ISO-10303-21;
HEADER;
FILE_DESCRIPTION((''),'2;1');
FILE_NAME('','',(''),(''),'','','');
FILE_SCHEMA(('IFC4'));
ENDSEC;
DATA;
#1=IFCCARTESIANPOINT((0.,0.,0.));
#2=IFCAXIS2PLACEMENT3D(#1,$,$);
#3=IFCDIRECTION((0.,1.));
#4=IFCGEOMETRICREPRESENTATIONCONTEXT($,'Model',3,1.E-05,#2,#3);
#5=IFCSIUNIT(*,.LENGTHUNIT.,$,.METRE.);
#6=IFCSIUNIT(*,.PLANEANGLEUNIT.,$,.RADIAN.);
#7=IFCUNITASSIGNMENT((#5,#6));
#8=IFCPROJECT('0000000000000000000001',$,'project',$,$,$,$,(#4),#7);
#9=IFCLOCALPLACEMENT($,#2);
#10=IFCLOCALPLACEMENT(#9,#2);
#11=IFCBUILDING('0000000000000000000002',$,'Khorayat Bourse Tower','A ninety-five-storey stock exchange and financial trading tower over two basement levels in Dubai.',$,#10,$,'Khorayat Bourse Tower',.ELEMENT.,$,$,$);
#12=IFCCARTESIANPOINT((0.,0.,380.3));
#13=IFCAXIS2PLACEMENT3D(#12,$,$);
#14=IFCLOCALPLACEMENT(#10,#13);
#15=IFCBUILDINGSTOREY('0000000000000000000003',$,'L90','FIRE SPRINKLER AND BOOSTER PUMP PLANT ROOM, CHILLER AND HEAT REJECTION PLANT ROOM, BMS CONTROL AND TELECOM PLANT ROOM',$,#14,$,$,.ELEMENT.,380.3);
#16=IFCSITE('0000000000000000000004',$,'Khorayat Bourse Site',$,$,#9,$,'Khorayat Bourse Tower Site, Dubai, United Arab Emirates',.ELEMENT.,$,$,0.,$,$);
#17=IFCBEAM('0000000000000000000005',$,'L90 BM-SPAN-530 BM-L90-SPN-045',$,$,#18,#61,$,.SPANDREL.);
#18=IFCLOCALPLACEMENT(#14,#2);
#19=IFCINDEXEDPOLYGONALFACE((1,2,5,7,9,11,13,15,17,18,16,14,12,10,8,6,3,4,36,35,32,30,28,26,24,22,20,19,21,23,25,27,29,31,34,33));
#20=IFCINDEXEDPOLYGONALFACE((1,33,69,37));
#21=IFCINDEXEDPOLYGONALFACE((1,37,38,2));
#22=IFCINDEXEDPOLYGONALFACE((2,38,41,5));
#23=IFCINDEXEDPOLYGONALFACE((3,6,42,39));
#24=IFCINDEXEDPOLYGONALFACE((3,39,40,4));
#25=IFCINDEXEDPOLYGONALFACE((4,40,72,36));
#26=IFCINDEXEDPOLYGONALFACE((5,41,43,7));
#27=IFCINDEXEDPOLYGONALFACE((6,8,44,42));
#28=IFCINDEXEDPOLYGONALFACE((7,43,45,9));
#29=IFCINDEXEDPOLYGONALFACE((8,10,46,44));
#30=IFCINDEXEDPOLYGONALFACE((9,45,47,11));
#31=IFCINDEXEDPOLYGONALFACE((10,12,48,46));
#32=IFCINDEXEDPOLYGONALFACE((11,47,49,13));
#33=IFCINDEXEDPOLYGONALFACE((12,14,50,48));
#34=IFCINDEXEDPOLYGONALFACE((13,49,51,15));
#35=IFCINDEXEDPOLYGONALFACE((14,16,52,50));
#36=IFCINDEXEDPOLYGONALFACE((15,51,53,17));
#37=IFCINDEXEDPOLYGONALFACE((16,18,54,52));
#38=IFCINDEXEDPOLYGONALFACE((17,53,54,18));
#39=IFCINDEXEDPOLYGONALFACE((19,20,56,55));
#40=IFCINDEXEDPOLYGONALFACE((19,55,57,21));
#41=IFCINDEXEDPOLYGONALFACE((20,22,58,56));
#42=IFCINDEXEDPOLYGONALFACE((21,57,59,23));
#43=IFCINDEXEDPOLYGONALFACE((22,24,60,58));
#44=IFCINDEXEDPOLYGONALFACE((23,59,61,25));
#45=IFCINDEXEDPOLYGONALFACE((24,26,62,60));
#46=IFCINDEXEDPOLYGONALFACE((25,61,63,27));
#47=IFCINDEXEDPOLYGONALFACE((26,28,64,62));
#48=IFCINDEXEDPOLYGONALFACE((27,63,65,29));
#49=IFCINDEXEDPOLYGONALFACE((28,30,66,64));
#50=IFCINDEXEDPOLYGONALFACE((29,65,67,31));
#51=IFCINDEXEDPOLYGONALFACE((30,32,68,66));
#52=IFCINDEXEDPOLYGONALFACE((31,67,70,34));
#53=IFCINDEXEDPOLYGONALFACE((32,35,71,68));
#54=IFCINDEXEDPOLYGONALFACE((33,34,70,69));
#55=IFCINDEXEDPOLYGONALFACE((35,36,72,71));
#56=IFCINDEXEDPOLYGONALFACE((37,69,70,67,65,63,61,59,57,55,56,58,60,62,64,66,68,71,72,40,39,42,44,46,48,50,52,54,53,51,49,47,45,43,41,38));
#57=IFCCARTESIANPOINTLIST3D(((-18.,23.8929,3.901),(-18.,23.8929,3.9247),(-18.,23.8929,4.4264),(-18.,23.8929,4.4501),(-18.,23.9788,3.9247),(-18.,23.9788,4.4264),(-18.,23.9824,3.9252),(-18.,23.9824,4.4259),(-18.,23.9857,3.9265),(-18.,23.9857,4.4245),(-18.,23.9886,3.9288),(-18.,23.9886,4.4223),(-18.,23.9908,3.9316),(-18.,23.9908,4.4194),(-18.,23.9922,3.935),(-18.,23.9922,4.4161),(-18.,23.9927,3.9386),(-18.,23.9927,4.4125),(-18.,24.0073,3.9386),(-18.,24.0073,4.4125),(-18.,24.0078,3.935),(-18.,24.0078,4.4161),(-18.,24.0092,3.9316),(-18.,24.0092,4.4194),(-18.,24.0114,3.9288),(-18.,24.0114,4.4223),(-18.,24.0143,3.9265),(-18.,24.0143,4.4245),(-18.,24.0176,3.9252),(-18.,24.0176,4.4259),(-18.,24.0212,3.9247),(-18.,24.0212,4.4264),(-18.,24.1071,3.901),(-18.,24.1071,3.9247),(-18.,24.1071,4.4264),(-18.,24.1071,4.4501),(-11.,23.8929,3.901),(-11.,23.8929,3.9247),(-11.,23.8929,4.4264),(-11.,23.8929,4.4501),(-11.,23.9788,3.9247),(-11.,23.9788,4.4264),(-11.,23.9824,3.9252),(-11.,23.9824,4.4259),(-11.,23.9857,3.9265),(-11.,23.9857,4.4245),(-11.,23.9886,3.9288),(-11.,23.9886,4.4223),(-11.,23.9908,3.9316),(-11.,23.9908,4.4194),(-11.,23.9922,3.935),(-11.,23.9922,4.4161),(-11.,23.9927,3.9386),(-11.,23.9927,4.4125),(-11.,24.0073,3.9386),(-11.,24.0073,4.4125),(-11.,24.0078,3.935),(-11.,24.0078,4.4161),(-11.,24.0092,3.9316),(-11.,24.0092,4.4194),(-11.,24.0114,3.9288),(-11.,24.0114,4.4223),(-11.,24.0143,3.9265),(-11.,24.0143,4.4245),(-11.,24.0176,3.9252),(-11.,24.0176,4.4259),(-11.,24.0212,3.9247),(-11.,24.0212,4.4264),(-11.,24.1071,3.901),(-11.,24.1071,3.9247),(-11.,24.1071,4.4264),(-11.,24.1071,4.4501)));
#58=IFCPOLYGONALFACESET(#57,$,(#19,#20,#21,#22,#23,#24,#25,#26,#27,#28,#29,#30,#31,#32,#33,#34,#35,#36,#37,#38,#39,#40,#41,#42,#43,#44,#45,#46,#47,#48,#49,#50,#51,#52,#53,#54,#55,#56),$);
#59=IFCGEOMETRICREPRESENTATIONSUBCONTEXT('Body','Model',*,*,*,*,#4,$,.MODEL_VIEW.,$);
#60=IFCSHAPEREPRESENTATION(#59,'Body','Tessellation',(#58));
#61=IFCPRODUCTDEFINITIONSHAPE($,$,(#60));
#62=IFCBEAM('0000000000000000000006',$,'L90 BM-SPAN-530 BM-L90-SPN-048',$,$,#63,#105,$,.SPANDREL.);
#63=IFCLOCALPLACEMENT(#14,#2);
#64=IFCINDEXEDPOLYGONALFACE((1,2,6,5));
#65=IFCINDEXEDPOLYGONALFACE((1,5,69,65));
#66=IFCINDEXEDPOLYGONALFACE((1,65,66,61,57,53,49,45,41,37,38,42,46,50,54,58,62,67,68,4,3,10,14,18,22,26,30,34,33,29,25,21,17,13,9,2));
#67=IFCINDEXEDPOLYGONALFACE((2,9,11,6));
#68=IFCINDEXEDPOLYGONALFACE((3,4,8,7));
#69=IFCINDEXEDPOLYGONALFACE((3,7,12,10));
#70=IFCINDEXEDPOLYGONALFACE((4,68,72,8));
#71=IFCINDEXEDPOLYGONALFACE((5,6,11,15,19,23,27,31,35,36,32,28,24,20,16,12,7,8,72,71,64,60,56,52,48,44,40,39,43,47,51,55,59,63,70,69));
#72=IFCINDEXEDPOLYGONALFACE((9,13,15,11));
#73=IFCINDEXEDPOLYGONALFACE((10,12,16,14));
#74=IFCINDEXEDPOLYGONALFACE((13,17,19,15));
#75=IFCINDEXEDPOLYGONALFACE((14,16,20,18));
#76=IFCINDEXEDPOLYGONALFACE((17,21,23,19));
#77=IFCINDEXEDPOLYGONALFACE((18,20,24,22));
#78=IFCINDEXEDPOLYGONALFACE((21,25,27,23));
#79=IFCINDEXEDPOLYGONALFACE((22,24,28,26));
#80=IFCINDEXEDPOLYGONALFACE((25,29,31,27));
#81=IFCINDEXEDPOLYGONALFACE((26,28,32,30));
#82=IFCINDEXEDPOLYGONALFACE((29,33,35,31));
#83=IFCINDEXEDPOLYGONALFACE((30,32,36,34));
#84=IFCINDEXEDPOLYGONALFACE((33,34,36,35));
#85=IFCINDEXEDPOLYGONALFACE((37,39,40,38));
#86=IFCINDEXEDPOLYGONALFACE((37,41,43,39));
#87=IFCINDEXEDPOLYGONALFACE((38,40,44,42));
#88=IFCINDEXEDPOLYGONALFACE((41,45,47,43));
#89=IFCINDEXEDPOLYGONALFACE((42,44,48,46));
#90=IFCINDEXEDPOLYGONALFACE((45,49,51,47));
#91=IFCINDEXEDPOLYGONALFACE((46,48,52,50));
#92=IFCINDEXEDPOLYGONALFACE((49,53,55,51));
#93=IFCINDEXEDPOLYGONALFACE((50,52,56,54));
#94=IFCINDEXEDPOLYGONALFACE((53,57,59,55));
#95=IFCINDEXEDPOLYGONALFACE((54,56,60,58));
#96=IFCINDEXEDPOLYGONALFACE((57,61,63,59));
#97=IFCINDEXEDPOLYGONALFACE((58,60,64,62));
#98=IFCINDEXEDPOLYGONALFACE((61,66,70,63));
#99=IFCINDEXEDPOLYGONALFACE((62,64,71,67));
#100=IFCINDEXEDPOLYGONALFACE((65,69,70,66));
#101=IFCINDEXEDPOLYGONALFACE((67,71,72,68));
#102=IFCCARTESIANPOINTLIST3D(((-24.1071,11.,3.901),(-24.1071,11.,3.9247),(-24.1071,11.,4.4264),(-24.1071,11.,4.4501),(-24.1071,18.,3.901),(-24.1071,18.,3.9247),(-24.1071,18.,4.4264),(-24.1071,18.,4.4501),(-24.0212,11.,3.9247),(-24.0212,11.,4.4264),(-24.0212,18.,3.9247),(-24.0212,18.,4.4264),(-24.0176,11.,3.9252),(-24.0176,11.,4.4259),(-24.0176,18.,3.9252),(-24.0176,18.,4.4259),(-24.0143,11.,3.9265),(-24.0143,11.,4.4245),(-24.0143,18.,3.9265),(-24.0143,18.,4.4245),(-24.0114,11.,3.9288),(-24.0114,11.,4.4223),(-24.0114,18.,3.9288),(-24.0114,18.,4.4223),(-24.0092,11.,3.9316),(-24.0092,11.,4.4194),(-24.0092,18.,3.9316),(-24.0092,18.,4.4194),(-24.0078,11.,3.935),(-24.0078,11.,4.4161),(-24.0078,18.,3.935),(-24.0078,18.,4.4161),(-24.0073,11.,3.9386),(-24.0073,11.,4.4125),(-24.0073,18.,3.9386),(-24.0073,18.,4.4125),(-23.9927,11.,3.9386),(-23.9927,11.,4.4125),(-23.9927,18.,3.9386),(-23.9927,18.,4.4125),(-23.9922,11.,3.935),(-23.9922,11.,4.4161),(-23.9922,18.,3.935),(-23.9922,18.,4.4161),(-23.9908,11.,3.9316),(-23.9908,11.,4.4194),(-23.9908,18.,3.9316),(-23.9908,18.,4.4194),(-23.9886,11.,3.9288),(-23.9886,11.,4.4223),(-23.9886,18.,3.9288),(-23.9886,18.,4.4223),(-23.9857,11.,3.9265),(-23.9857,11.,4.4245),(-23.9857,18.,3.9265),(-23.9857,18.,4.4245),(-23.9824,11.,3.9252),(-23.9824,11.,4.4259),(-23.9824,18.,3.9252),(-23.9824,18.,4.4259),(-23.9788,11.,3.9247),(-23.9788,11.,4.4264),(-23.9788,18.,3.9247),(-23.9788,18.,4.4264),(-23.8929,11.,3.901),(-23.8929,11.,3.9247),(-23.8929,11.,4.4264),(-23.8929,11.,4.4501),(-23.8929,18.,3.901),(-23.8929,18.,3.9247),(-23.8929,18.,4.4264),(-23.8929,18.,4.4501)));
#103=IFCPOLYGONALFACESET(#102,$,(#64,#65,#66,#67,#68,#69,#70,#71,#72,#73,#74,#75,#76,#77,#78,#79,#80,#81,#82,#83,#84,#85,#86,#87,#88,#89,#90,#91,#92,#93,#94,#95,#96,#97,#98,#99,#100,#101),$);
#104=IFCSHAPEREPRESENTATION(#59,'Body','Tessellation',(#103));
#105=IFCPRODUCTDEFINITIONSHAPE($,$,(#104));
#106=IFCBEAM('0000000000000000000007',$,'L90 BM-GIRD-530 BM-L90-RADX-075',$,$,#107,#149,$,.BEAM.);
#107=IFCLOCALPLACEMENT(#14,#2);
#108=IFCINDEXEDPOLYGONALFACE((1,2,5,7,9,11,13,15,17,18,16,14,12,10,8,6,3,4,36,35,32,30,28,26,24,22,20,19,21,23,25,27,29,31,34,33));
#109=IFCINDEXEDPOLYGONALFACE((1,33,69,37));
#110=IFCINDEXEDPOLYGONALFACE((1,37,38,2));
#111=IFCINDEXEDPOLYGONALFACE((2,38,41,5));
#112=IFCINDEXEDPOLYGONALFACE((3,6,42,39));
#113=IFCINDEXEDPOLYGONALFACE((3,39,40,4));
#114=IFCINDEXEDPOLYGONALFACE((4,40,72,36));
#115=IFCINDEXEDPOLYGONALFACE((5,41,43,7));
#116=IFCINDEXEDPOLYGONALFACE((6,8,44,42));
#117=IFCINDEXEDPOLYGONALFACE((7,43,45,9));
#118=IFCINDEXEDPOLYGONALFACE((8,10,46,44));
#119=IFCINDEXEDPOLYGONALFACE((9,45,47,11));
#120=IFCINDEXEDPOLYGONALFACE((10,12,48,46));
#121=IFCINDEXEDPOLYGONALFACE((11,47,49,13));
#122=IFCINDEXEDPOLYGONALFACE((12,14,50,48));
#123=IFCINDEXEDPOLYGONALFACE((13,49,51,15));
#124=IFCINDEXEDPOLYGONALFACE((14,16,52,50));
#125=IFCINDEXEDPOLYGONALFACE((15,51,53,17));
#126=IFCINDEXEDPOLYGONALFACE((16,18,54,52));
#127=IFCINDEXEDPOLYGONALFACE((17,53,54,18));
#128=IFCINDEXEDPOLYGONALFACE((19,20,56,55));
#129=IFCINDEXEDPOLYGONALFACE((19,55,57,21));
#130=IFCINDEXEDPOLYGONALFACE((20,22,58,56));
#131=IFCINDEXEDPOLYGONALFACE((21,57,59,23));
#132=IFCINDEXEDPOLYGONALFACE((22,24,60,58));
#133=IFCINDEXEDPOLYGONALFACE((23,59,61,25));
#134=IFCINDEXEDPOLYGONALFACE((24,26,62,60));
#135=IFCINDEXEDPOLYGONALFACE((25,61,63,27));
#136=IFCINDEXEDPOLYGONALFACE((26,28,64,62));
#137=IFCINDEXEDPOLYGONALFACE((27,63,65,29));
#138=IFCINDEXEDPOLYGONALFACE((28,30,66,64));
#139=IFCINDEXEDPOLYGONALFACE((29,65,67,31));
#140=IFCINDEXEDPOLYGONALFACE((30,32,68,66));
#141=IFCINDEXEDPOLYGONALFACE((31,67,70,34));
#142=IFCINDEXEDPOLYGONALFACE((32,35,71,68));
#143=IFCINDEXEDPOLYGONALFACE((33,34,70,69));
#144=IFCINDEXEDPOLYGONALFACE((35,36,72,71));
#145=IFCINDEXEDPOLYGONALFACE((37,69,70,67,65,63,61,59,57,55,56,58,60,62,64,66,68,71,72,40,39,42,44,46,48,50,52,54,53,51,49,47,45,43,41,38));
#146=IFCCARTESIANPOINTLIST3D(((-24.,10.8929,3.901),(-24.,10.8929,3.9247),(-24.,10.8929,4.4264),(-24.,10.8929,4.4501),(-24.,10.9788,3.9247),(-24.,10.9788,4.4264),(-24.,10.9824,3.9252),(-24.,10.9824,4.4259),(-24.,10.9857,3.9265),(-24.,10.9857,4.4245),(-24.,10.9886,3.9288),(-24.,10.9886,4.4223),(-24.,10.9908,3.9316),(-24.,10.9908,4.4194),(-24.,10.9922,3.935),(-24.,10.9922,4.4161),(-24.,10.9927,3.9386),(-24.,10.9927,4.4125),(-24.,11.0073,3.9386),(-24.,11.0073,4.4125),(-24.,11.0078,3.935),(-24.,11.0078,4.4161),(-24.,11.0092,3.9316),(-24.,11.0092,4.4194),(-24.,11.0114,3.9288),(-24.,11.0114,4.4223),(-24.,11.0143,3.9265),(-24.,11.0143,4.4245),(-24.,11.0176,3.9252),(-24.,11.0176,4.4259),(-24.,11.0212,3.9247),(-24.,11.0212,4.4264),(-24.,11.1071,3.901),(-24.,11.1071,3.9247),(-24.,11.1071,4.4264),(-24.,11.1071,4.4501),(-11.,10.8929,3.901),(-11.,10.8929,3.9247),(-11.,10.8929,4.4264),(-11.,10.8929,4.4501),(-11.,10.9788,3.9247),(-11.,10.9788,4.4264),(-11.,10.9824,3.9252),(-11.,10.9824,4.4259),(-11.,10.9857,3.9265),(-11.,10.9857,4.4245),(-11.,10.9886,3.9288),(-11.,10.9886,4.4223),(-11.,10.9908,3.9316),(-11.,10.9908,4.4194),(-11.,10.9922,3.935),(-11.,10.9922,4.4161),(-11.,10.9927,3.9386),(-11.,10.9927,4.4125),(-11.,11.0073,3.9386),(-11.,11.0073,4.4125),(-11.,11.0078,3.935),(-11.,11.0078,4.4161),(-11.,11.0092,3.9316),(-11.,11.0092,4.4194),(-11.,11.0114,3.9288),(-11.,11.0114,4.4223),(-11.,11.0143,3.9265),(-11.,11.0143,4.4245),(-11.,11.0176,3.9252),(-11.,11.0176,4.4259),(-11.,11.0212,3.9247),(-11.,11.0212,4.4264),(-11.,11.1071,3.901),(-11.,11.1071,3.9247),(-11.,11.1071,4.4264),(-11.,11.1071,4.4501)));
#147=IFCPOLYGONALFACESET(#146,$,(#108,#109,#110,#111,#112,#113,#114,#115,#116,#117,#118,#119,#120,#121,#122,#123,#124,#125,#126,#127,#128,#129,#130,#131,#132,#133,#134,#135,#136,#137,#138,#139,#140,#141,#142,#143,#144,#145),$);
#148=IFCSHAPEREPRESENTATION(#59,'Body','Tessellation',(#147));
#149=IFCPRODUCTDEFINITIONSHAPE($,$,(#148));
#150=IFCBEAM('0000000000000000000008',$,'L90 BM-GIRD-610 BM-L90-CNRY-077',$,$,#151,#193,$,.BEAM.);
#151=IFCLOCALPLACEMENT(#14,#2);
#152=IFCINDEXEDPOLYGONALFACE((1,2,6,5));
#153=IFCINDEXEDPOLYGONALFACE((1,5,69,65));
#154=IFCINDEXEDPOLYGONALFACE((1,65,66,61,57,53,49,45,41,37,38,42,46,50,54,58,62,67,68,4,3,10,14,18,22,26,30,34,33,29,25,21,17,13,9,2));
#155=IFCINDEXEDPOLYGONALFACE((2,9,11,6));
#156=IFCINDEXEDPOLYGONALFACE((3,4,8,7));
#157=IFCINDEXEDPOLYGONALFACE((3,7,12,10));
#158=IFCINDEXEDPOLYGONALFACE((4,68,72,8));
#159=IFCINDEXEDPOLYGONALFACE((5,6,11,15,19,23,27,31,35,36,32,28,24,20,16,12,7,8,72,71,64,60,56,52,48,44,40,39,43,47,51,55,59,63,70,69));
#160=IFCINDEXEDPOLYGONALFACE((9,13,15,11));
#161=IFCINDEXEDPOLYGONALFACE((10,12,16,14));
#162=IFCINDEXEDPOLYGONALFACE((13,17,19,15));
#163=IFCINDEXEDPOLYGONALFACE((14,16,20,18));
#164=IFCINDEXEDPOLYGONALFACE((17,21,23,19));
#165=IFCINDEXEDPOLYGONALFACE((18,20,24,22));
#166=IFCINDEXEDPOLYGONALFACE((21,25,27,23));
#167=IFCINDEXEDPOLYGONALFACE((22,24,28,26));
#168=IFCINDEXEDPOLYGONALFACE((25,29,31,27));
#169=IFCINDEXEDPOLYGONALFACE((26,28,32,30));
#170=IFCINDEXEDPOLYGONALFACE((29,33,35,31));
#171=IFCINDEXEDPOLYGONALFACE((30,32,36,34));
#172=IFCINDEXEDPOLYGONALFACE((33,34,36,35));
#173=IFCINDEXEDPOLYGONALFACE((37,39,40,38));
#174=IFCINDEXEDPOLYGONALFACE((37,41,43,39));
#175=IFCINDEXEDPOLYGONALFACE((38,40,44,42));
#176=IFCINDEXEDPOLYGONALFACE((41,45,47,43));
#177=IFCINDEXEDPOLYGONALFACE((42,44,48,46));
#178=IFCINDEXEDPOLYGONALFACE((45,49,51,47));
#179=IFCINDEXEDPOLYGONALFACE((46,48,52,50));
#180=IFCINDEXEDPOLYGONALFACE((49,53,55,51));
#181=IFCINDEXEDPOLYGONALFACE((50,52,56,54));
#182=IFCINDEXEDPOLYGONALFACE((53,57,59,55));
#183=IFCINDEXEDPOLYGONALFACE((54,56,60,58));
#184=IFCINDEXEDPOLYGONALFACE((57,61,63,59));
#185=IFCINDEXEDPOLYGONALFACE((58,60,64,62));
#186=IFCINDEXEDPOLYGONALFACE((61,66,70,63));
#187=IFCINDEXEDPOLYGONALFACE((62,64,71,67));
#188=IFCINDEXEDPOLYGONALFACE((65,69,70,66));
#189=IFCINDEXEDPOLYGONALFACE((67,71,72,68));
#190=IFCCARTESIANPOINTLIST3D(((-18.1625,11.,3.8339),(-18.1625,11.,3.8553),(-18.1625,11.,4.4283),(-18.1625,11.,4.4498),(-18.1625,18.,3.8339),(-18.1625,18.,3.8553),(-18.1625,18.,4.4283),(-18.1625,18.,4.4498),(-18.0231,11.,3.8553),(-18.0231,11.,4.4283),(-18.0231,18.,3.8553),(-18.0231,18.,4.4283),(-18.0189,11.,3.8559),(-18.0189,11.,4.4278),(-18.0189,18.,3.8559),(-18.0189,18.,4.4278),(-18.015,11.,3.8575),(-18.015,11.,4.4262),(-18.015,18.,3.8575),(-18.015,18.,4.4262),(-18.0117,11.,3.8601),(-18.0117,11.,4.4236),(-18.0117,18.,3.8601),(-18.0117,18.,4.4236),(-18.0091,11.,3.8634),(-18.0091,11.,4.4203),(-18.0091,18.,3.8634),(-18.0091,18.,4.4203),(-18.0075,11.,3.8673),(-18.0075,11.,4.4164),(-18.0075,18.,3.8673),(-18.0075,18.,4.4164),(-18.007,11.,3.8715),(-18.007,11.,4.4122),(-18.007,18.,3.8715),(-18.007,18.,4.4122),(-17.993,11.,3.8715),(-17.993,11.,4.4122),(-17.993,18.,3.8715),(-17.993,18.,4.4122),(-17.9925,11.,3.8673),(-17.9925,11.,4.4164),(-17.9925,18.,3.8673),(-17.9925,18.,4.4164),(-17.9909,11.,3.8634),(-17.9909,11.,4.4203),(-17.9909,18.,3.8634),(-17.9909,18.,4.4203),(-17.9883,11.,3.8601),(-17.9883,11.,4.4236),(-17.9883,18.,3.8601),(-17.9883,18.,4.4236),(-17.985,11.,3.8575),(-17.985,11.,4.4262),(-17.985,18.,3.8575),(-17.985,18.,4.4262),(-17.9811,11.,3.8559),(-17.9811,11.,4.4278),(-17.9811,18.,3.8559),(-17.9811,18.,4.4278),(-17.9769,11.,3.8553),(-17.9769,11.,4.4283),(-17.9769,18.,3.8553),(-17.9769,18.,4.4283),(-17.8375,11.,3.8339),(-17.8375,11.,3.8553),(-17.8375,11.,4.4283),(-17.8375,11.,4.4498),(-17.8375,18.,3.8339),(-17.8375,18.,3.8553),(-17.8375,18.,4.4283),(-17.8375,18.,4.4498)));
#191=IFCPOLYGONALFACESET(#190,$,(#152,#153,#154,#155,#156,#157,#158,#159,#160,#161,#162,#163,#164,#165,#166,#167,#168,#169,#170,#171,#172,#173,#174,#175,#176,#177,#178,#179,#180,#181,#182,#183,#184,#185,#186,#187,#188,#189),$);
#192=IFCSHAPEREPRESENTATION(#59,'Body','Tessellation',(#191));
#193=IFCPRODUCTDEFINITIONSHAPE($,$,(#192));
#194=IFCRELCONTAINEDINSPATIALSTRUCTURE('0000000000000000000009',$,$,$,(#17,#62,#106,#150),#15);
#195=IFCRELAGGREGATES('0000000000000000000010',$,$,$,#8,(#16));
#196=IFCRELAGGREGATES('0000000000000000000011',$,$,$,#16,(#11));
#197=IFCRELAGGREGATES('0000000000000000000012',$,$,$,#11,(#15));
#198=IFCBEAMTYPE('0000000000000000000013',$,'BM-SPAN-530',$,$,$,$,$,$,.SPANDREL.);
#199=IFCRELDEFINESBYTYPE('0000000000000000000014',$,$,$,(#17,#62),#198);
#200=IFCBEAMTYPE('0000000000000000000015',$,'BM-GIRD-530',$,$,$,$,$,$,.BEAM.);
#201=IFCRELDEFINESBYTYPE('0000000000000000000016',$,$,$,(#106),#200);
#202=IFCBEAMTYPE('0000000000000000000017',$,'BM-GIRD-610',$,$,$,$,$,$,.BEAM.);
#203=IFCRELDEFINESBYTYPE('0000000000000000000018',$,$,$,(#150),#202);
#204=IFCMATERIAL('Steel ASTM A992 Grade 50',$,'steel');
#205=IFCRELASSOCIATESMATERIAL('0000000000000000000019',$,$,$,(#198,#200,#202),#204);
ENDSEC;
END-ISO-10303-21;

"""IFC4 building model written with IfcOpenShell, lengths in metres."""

from ifc_helpers import new_model, si_unit, direction, frame, origin, origin_2d, place, context, subcontext, project, spatial, i_section, extrude, source, transform, mapped, material, material_profile, profile_set, type_object, element, save


model = new_model("IFC4")

# Units and contexts
model_context = context("Model", 3, precision=1e-05, world=origin(), true_north=direction((0.0, 1.0)))
body_context = subcontext(model_context, "Body", "Model", "MODEL_VIEW")
ifc_project = project(units=[si_unit("LENGTHUNIT", "METRE"), si_unit("PLANEANGLEUNIT", "RADIAN")], contexts=[model_context])

# Site, building, storey
site_placement = place(None, origin())
site = spatial("IfcSite", under=ifc_project, at=site_placement, Name="Khorayat Bourse Site", LongName="Khorayat Bourse Tower Site, Dubai, United Arab Emirates", CompositionType="ELEMENT", RefElevation=0.0)
building_placement = place(site_placement, origin())
building = spatial("IfcBuilding", under=site, at=building_placement, Name="Khorayat Bourse Tower", Description="A ninety-five-storey stock exchange and financial trading tower over two basement levels in Dubai.", LongName="Khorayat Bourse Tower", CompositionType="ELEMENT")
storey_placement = place(building_placement, frame((0.0, 0.0, 380.3)))
storey = spatial("IfcBuildingStorey", under=building, at=storey_placement, Name="L90", Description="FIRE SPRINKLER AND BOOSTER PUMP PLANT ROOM, CHILLER AND HEAT REJECTION PLANT ROOM, BMS CONTROL AND TELECOM PLANT ROOM", CompositionType="ELEMENT", Elevation=380.3)

# Beams
ifc_material_1 = material(Name="Steel ASTM A992 Grade 50", Category="steel")
ifc_material_profile_1 = material_profile(ifc_material_1, i_section(OverallWidth=0.2141, OverallDepth=0.5491, WebThickness=0.0146, FlangeThickness=0.0237, FilletRadius=0.0139, at=origin_2d()), Name="W530X138")
ifc_profile_set_1 = profile_set([ifc_material_profile_1], Name="Steel ASTM A992 Grade 50")
beam_type_1 = type_object("IfcBeamType", Name="BM-SPAN-530", PredefinedType="SPANDREL", material=ifc_profile_set_1)
shared_shape_1 = source(origin(), body_context, "Body", "SweptSolid", [
    extrude(i_section(OverallWidth=0.2141, OverallDepth=0.5491, WebThickness=0.0146, FlangeThickness=0.0237, FilletRadius=0.0139, at=origin_2d()), origin(), (0.0, 0.0, 1.0), 7.0),
])
for number, where, z_axis, x_axis, name in (
    (1, (-18.0, 24.0, 4.1755), (1.0, 0.0, 0.0), (0.0, 1.0, 0.0), "L90 BM-SPAN-530 BM-L90-SPN-045"),
    (2, (-24.0, 11.0, 4.1755), (0.0, 1.0, 0.0), (-1.0, 0.0, 0.0), "L90 BM-SPAN-530 BM-L90-SPN-048"),
):
    element("IfcBeam", number, at=place(storey_placement, frame(where, z_axis=z_axis, x_axis=x_axis)), inside=storey, type_object=beam_type_1, Name=name, PredefinedType="SPANDREL", context=body_context, shape_type="MappedRepresentation", body=[
        mapped(shared_shape_1, transform((0.0, 0.0, 0.0), scale=1.0)),
    ])
ifc_material_profile_2 = material_profile(ifc_material_1, i_section(OverallWidth=0.2141, OverallDepth=0.5491, WebThickness=0.0146, FlangeThickness=0.0237, FilletRadius=0.0139, at=origin_2d()), Name="W530X138")
ifc_profile_set_2 = profile_set([ifc_material_profile_2], Name="Steel ASTM A992 Grade 50")
beam_type_2 = type_object("IfcBeamType", Name="BM-GIRD-530", PredefinedType="BEAM", material=ifc_profile_set_2)
shared_shape_2 = source(origin(), body_context, "Body", "SweptSolid", [
    extrude(i_section(OverallWidth=0.2141, OverallDepth=0.5491, WebThickness=0.0146, FlangeThickness=0.0237, FilletRadius=0.0139, at=origin_2d()), origin(), (0.0, 0.0, 1.0), 13.0),
])
beam_1_placement = place(storey_placement, frame((-24.0, 11.0, 4.1755), z_axis=(1.0, 0.0, 0.0), x_axis=(0.0, 1.0, 0.0)))
element("IfcBeam", 3, at=beam_1_placement, inside=storey, type_object=beam_type_2, Name="L90 BM-GIRD-530 BM-L90-RADX-075", PredefinedType="BEAM", context=body_context, shape_type="MappedRepresentation", body=[
    mapped(shared_shape_2, transform((0.0, 0.0, 0.0), scale=1.0)),
])
ifc_material_profile_3 = material_profile(ifc_material_1, i_section(OverallWidth=0.325, OverallDepth=0.616, WebThickness=0.0139, FlangeThickness=0.0215, FilletRadius=0.0161, at=origin_2d()), Name="W610X174")
ifc_profile_set_3 = profile_set([ifc_material_profile_3], Name="Steel ASTM A992 Grade 50")
beam_type_3 = type_object("IfcBeamType", Name="BM-GIRD-610", PredefinedType="BEAM", material=ifc_profile_set_3)
shared_shape_3 = source(origin(), body_context, "Body", "SweptSolid", [
    extrude(i_section(OverallWidth=0.325, OverallDepth=0.616, WebThickness=0.0139, FlangeThickness=0.0215, FilletRadius=0.0161, at=origin_2d()), origin(), (0.0, 0.0, 1.0), 7.0),
])
for number, where, z_axis, x_axis, name in (
    (4, (-18.0, 11.0, 4.1418), (0.0, 1.0, 0.0), (-1.0, 0.0, 0.0), "L90 BM-GIRD-610 BM-L90-CNRY-077"),
):
    element("IfcBeam", number, at=place(storey_placement, frame(where, z_axis=z_axis, x_axis=x_axis)), inside=storey, type_object=beam_type_3, Name=name, PredefinedType="BEAM", context=body_context, shape_type="MappedRepresentation", body=[
        mapped(shared_shape_3, transform((0.0, 0.0, 0.0), scale=1.0)),
    ])

save(model, "model.ifc")
